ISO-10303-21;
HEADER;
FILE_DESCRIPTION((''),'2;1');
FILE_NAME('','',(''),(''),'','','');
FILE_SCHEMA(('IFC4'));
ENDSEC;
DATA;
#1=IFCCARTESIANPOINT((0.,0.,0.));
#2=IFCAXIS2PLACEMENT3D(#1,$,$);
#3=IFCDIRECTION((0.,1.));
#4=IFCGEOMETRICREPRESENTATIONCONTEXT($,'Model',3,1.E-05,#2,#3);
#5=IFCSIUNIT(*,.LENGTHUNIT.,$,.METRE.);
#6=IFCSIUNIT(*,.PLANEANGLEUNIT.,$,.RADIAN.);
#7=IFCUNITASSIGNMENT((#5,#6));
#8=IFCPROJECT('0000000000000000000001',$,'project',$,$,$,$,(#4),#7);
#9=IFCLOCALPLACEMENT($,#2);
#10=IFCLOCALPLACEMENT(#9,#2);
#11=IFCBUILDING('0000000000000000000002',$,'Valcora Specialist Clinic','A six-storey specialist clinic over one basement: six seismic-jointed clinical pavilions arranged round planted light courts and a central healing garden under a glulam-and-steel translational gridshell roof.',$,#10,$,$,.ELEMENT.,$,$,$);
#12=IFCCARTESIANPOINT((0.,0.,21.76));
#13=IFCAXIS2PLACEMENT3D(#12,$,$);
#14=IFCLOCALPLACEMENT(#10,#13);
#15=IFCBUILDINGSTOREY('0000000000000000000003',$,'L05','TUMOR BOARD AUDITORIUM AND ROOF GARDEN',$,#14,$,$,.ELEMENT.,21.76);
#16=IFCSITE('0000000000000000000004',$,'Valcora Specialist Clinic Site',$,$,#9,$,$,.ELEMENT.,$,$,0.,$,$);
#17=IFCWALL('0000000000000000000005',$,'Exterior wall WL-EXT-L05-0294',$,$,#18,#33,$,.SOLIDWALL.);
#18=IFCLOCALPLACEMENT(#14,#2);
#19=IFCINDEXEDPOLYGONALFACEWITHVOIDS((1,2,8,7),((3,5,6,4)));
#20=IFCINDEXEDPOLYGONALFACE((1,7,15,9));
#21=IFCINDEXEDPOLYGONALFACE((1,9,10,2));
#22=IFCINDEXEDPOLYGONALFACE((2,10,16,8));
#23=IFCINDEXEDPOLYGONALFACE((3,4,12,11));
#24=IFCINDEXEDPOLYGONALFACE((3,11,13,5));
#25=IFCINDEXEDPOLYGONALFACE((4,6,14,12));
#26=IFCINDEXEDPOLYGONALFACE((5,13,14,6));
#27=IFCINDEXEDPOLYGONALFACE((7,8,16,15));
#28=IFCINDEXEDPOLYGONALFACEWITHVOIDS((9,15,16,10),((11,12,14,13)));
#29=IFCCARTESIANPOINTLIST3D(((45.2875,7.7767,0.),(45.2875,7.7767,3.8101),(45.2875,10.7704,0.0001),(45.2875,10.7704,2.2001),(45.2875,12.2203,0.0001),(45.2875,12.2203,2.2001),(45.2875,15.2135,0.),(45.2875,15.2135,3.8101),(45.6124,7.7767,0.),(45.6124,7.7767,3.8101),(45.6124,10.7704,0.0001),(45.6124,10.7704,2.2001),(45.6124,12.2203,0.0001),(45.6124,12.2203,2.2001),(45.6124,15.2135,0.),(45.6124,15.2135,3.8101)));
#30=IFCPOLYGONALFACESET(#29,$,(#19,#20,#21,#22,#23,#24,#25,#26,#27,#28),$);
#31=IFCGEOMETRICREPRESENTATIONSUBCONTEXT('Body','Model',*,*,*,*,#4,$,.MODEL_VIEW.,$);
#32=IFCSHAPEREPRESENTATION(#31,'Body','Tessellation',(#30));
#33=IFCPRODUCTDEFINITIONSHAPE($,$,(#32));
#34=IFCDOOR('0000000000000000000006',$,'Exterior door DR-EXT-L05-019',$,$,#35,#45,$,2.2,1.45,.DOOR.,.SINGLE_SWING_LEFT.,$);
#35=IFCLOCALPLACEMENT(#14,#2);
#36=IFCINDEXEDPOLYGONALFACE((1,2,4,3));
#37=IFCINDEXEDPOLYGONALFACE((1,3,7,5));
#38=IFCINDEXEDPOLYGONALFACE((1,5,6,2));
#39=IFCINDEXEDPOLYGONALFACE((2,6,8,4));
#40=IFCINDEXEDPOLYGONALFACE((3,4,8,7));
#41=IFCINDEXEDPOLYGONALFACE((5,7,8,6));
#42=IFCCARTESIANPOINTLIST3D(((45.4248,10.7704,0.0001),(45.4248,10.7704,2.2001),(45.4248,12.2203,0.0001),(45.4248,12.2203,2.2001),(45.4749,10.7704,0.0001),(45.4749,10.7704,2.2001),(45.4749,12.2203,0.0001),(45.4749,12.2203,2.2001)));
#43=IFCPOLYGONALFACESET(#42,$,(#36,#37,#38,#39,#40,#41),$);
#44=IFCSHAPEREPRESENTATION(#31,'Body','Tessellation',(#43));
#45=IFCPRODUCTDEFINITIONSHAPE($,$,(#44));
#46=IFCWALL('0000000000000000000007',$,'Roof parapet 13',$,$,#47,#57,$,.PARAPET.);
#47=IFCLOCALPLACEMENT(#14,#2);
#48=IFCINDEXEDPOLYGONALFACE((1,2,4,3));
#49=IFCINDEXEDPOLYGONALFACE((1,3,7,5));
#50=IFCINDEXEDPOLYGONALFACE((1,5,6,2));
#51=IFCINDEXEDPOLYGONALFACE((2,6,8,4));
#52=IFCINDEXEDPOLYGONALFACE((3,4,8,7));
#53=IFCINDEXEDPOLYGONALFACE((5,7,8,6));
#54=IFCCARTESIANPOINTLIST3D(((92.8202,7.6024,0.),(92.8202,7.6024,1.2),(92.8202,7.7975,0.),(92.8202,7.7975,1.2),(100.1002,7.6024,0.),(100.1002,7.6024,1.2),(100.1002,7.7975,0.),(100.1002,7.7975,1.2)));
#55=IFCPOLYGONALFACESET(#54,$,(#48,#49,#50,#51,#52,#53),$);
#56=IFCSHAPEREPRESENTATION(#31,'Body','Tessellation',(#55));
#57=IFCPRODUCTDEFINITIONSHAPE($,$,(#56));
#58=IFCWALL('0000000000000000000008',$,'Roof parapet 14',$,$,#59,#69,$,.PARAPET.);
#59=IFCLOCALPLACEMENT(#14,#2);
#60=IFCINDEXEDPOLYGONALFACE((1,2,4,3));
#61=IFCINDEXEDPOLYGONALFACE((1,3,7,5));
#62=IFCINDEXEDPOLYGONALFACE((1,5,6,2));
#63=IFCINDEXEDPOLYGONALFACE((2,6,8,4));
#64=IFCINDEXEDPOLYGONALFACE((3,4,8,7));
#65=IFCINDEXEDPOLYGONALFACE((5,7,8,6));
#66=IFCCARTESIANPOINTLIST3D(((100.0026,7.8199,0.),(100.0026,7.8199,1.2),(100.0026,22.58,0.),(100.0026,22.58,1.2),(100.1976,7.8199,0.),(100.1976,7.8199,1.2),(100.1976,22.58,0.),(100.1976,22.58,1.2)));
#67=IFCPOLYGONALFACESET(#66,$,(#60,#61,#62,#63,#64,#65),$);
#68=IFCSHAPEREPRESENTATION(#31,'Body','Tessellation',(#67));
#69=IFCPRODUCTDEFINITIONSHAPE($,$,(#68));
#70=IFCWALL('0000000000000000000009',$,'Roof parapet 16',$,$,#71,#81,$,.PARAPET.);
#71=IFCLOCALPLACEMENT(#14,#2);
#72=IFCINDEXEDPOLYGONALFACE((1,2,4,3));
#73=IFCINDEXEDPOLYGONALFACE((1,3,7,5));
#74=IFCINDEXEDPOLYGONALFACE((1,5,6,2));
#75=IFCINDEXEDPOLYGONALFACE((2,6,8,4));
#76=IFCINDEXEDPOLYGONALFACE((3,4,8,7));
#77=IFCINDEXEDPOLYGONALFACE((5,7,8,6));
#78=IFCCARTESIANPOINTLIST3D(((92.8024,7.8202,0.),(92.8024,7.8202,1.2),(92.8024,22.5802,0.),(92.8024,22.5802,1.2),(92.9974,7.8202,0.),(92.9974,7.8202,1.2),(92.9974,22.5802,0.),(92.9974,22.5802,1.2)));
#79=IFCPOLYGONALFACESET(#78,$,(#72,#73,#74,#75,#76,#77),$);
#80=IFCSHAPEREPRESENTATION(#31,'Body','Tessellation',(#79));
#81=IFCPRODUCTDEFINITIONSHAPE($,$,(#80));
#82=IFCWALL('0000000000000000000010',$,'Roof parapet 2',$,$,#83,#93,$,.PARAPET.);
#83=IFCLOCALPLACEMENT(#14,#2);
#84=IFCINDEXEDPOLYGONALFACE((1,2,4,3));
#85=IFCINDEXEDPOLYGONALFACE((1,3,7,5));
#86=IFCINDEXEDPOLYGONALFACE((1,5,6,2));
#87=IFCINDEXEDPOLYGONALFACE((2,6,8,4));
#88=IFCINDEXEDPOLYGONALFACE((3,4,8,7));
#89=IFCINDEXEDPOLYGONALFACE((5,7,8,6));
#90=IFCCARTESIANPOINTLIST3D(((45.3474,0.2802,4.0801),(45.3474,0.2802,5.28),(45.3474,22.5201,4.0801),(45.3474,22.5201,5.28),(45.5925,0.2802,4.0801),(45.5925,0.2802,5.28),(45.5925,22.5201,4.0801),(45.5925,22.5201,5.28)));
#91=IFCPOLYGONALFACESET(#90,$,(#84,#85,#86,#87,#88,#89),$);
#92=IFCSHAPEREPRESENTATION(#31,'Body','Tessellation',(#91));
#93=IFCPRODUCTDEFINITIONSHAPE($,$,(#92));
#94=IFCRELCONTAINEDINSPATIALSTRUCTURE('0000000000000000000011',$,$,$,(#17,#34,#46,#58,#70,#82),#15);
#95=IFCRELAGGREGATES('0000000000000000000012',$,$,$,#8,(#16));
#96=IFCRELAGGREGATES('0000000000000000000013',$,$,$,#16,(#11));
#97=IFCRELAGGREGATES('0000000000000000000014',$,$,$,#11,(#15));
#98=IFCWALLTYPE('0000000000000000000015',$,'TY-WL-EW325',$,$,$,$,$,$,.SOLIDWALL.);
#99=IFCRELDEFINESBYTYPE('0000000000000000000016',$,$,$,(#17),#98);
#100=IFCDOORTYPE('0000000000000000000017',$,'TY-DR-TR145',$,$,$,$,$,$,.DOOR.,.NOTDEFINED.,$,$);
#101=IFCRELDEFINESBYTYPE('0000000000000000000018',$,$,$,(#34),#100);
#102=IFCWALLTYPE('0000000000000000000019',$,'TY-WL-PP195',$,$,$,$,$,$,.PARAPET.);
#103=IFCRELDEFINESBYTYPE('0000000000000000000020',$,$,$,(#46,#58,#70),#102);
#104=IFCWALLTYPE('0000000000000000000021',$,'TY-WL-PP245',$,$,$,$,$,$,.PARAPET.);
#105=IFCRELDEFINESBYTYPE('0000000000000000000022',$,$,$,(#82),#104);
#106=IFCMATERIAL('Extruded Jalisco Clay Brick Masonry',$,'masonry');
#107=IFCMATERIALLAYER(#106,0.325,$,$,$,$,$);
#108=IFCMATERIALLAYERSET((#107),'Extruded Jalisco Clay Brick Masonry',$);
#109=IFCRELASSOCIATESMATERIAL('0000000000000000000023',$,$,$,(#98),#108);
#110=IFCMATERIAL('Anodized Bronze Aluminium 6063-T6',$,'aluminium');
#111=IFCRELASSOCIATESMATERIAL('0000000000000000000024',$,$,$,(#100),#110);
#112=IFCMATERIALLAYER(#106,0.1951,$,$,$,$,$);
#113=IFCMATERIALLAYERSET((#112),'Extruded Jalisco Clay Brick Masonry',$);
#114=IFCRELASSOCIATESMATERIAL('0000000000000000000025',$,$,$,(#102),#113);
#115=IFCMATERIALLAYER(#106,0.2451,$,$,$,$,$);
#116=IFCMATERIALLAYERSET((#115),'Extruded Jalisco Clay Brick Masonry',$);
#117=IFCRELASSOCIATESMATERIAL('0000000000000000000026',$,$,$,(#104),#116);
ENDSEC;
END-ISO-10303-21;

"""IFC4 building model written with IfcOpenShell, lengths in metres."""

from ifc_helpers import new_model, si_unit, direction, frame, frame_2d, origin, place, context, subcontext, project, spatial, rectangle, extrude, material, layer, layer_set, type_object, element, fill, save


model = new_model("IFC4")

# Units and contexts
model_context = context("Model", 3, precision=1e-05, world=origin(), true_north=direction((0.0, 1.0)))
body_context = subcontext(model_context, "Body", "Model", "MODEL_VIEW")
ifc_project = project(units=[si_unit("LENGTHUNIT", "METRE"), si_unit("PLANEANGLEUNIT", "RADIAN")], contexts=[model_context])

# Site, building, storey
site_placement = place(None, origin())
site = spatial("IfcSite", under=ifc_project, at=site_placement, Name="Valcora Specialist Clinic Site", CompositionType="ELEMENT", RefElevation=0.0)
building_placement = place(site_placement, origin())
building = spatial("IfcBuilding", under=site, at=building_placement, Name="Valcora Specialist Clinic", Description="A six-storey specialist clinic over one basement: six seismic-jointed clinical pavilions arranged round planted light courts and a central healing garden under a glulam-and-steel translational gridshell roof.", CompositionType="ELEMENT")
storey_placement = place(building_placement, frame((0.0, 0.0, 21.76)))
storey = spatial("IfcBuildingStorey", under=building, at=storey_placement, Name="L05", Description="TUMOR BOARD AUDITORIUM AND ROOF GARDEN", CompositionType="ELEMENT", Elevation=21.76)

# Shared definitions
ifc_material_1 = material(Name="Extruded Jalisco Clay Brick Masonry", Category="masonry")

# Wall, opening, door
ifc_layer_1 = layer(ifc_material_1, 0.325)
ifc_layer_set_1 = layer_set([ifc_layer_1], Name="Extruded Jalisco Clay Brick Masonry")
wall_type_1 = type_object("IfcWallType", Name="TY-WL-EW325", PredefinedType="SOLIDWALL", material=ifc_layer_set_1)
wall_1_placement = place(storey_placement, frame((45.45, 15.2134, 0.0), z_axis=(0.0, 0.0, 1.0), x_axis=(0.0, -1.0, 0.0)))
wall_1 = element("IfcWall", 1, at=wall_1_placement, inside=storey, type_object=wall_type_1, Name="Exterior wall WL-EXT-L05-0294", PredefinedType="SOLIDWALL", context=body_context, shape_type="SweptSolid", body=[
    extrude(rectangle(XDim=7.4368, YDim=0.325, at=frame_2d((3.7183, 0.0))), origin(), (0.0, 0.0, 1.0), 3.8101),
])
opening_1_placement = place(wall_1_placement, frame((2.9929, 0.0, 0.0)))
opening_1 = element("IfcOpeningElement", 2, at=opening_1_placement, cuts=wall_1, PredefinedType="OPENING", context=body_context, shape_type="SweptSolid", body=[
    extrude(rectangle(XDim=1.45, YDim=2.2, at=frame_2d((0.7251, 1.1001))), frame((0.0, 0.1724, 0.0), z_axis=(0.0, -1.0, 0.0), x_axis=(1.0, 0.0, 0.0)), (0.0, 0.0, 1.0), 0.345),
])
ifc_material_2 = material(Name="Anodized Bronze Aluminium 6063-T6", Category="aluminium")
door_type = type_object("IfcDoorType", Name="TY-DR-TR145", OperationType="NOTDEFINED", PredefinedType="DOOR", material=ifc_material_2)
door_placement = place(opening_1_placement, origin())
door = element("IfcDoor", 3, at=door_placement, inside=storey, type_object=door_type, Name="Exterior door DR-EXT-L05-019", OperationType="SINGLE_SWING_LEFT", OverallHeight=2.2, OverallWidth=1.45, PredefinedType="DOOR", context=body_context, shape_type="SweptSolid", body=[
    extrude(rectangle(XDim=1.45, YDim=2.2, at=frame_2d((0.7251, 1.1001))), frame((0.0, 0.0249, 0.0), z_axis=(0.0, -1.0, 0.0), x_axis=(1.0, 0.0, 0.0)), (0.0, 0.0, 1.0), 0.05),
])
fill(opening_1, door)

# Walls
ifc_layer_2 = layer(ifc_material_1, 0.1951)
ifc_layer_set_2 = layer_set([ifc_layer_2], Name="Extruded Jalisco Clay Brick Masonry")
wall_type_2 = type_object("IfcWallType", Name="TY-WL-PP195", PredefinedType="PARAPET", material=ifc_layer_set_2)
wall_2_placement = place(storey_placement, frame((92.8201, 7.7, 0.0), z_axis=(0.0, 0.0, 1.0), x_axis=(1.0, 0.0, 0.0)))
element("IfcWall", 4, at=wall_2_placement, inside=storey, type_object=wall_type_2, Name="Roof parapet 13", PredefinedType="PARAPET", context=body_context, shape_type="SweptSolid", body=[
    extrude(rectangle(XDim=7.28, YDim=0.1951, at=frame_2d((3.6401, 0.0))), origin(), (0.0, 0.0, 1.0), 1.2),
])
for number, where, z_axis, x_axis, name in (
    (5, (100.1001, 7.8201, 0.0), (0.0, 0.0, 1.0), (0.0, 1.0, 0.0), "Roof parapet 14"),
    (6, (92.8999, 22.5801, 0.0), (0.0, 0.0, 1.0), (0.0, -1.0, 0.0), "Roof parapet 16"),
):
    element("IfcWall", number, at=place(storey_placement, frame(where, z_axis=z_axis, x_axis=x_axis)), inside=storey, type_object=wall_type_2, Name=name, PredefinedType="PARAPET", context=body_context, shape_type="SweptSolid", body=[
        extrude(rectangle(XDim=14.76, YDim=0.1951, at=frame_2d((7.3799, 0.0))), origin(), (0.0, 0.0, 1.0), 1.2),
    ])
ifc_layer_3 = layer(ifc_material_1, 0.2451)
ifc_layer_set_3 = layer_set([ifc_layer_3], Name="Extruded Jalisco Clay Brick Masonry")
wall_type_3 = type_object("IfcWallType", Name="TY-WL-PP245", PredefinedType="PARAPET", material=ifc_layer_set_3)
wall_3_placement = place(storey_placement, frame((45.47, 0.28, 4.0801), z_axis=(0.0, 0.0, 1.0), x_axis=(0.0, 1.0, 0.0)))
element("IfcWall", 7, at=wall_3_placement, inside=storey, type_object=wall_type_3, Name="Roof parapet 2", PredefinedType="PARAPET", context=body_context, shape_type="SweptSolid", body=[
    extrude(rectangle(XDim=22.24, YDim=0.2451, at=frame_2d((11.1201, 0.0))), origin(), (0.0, 0.0, 1.0), 1.2),
])

save(model, "model.ifc")
